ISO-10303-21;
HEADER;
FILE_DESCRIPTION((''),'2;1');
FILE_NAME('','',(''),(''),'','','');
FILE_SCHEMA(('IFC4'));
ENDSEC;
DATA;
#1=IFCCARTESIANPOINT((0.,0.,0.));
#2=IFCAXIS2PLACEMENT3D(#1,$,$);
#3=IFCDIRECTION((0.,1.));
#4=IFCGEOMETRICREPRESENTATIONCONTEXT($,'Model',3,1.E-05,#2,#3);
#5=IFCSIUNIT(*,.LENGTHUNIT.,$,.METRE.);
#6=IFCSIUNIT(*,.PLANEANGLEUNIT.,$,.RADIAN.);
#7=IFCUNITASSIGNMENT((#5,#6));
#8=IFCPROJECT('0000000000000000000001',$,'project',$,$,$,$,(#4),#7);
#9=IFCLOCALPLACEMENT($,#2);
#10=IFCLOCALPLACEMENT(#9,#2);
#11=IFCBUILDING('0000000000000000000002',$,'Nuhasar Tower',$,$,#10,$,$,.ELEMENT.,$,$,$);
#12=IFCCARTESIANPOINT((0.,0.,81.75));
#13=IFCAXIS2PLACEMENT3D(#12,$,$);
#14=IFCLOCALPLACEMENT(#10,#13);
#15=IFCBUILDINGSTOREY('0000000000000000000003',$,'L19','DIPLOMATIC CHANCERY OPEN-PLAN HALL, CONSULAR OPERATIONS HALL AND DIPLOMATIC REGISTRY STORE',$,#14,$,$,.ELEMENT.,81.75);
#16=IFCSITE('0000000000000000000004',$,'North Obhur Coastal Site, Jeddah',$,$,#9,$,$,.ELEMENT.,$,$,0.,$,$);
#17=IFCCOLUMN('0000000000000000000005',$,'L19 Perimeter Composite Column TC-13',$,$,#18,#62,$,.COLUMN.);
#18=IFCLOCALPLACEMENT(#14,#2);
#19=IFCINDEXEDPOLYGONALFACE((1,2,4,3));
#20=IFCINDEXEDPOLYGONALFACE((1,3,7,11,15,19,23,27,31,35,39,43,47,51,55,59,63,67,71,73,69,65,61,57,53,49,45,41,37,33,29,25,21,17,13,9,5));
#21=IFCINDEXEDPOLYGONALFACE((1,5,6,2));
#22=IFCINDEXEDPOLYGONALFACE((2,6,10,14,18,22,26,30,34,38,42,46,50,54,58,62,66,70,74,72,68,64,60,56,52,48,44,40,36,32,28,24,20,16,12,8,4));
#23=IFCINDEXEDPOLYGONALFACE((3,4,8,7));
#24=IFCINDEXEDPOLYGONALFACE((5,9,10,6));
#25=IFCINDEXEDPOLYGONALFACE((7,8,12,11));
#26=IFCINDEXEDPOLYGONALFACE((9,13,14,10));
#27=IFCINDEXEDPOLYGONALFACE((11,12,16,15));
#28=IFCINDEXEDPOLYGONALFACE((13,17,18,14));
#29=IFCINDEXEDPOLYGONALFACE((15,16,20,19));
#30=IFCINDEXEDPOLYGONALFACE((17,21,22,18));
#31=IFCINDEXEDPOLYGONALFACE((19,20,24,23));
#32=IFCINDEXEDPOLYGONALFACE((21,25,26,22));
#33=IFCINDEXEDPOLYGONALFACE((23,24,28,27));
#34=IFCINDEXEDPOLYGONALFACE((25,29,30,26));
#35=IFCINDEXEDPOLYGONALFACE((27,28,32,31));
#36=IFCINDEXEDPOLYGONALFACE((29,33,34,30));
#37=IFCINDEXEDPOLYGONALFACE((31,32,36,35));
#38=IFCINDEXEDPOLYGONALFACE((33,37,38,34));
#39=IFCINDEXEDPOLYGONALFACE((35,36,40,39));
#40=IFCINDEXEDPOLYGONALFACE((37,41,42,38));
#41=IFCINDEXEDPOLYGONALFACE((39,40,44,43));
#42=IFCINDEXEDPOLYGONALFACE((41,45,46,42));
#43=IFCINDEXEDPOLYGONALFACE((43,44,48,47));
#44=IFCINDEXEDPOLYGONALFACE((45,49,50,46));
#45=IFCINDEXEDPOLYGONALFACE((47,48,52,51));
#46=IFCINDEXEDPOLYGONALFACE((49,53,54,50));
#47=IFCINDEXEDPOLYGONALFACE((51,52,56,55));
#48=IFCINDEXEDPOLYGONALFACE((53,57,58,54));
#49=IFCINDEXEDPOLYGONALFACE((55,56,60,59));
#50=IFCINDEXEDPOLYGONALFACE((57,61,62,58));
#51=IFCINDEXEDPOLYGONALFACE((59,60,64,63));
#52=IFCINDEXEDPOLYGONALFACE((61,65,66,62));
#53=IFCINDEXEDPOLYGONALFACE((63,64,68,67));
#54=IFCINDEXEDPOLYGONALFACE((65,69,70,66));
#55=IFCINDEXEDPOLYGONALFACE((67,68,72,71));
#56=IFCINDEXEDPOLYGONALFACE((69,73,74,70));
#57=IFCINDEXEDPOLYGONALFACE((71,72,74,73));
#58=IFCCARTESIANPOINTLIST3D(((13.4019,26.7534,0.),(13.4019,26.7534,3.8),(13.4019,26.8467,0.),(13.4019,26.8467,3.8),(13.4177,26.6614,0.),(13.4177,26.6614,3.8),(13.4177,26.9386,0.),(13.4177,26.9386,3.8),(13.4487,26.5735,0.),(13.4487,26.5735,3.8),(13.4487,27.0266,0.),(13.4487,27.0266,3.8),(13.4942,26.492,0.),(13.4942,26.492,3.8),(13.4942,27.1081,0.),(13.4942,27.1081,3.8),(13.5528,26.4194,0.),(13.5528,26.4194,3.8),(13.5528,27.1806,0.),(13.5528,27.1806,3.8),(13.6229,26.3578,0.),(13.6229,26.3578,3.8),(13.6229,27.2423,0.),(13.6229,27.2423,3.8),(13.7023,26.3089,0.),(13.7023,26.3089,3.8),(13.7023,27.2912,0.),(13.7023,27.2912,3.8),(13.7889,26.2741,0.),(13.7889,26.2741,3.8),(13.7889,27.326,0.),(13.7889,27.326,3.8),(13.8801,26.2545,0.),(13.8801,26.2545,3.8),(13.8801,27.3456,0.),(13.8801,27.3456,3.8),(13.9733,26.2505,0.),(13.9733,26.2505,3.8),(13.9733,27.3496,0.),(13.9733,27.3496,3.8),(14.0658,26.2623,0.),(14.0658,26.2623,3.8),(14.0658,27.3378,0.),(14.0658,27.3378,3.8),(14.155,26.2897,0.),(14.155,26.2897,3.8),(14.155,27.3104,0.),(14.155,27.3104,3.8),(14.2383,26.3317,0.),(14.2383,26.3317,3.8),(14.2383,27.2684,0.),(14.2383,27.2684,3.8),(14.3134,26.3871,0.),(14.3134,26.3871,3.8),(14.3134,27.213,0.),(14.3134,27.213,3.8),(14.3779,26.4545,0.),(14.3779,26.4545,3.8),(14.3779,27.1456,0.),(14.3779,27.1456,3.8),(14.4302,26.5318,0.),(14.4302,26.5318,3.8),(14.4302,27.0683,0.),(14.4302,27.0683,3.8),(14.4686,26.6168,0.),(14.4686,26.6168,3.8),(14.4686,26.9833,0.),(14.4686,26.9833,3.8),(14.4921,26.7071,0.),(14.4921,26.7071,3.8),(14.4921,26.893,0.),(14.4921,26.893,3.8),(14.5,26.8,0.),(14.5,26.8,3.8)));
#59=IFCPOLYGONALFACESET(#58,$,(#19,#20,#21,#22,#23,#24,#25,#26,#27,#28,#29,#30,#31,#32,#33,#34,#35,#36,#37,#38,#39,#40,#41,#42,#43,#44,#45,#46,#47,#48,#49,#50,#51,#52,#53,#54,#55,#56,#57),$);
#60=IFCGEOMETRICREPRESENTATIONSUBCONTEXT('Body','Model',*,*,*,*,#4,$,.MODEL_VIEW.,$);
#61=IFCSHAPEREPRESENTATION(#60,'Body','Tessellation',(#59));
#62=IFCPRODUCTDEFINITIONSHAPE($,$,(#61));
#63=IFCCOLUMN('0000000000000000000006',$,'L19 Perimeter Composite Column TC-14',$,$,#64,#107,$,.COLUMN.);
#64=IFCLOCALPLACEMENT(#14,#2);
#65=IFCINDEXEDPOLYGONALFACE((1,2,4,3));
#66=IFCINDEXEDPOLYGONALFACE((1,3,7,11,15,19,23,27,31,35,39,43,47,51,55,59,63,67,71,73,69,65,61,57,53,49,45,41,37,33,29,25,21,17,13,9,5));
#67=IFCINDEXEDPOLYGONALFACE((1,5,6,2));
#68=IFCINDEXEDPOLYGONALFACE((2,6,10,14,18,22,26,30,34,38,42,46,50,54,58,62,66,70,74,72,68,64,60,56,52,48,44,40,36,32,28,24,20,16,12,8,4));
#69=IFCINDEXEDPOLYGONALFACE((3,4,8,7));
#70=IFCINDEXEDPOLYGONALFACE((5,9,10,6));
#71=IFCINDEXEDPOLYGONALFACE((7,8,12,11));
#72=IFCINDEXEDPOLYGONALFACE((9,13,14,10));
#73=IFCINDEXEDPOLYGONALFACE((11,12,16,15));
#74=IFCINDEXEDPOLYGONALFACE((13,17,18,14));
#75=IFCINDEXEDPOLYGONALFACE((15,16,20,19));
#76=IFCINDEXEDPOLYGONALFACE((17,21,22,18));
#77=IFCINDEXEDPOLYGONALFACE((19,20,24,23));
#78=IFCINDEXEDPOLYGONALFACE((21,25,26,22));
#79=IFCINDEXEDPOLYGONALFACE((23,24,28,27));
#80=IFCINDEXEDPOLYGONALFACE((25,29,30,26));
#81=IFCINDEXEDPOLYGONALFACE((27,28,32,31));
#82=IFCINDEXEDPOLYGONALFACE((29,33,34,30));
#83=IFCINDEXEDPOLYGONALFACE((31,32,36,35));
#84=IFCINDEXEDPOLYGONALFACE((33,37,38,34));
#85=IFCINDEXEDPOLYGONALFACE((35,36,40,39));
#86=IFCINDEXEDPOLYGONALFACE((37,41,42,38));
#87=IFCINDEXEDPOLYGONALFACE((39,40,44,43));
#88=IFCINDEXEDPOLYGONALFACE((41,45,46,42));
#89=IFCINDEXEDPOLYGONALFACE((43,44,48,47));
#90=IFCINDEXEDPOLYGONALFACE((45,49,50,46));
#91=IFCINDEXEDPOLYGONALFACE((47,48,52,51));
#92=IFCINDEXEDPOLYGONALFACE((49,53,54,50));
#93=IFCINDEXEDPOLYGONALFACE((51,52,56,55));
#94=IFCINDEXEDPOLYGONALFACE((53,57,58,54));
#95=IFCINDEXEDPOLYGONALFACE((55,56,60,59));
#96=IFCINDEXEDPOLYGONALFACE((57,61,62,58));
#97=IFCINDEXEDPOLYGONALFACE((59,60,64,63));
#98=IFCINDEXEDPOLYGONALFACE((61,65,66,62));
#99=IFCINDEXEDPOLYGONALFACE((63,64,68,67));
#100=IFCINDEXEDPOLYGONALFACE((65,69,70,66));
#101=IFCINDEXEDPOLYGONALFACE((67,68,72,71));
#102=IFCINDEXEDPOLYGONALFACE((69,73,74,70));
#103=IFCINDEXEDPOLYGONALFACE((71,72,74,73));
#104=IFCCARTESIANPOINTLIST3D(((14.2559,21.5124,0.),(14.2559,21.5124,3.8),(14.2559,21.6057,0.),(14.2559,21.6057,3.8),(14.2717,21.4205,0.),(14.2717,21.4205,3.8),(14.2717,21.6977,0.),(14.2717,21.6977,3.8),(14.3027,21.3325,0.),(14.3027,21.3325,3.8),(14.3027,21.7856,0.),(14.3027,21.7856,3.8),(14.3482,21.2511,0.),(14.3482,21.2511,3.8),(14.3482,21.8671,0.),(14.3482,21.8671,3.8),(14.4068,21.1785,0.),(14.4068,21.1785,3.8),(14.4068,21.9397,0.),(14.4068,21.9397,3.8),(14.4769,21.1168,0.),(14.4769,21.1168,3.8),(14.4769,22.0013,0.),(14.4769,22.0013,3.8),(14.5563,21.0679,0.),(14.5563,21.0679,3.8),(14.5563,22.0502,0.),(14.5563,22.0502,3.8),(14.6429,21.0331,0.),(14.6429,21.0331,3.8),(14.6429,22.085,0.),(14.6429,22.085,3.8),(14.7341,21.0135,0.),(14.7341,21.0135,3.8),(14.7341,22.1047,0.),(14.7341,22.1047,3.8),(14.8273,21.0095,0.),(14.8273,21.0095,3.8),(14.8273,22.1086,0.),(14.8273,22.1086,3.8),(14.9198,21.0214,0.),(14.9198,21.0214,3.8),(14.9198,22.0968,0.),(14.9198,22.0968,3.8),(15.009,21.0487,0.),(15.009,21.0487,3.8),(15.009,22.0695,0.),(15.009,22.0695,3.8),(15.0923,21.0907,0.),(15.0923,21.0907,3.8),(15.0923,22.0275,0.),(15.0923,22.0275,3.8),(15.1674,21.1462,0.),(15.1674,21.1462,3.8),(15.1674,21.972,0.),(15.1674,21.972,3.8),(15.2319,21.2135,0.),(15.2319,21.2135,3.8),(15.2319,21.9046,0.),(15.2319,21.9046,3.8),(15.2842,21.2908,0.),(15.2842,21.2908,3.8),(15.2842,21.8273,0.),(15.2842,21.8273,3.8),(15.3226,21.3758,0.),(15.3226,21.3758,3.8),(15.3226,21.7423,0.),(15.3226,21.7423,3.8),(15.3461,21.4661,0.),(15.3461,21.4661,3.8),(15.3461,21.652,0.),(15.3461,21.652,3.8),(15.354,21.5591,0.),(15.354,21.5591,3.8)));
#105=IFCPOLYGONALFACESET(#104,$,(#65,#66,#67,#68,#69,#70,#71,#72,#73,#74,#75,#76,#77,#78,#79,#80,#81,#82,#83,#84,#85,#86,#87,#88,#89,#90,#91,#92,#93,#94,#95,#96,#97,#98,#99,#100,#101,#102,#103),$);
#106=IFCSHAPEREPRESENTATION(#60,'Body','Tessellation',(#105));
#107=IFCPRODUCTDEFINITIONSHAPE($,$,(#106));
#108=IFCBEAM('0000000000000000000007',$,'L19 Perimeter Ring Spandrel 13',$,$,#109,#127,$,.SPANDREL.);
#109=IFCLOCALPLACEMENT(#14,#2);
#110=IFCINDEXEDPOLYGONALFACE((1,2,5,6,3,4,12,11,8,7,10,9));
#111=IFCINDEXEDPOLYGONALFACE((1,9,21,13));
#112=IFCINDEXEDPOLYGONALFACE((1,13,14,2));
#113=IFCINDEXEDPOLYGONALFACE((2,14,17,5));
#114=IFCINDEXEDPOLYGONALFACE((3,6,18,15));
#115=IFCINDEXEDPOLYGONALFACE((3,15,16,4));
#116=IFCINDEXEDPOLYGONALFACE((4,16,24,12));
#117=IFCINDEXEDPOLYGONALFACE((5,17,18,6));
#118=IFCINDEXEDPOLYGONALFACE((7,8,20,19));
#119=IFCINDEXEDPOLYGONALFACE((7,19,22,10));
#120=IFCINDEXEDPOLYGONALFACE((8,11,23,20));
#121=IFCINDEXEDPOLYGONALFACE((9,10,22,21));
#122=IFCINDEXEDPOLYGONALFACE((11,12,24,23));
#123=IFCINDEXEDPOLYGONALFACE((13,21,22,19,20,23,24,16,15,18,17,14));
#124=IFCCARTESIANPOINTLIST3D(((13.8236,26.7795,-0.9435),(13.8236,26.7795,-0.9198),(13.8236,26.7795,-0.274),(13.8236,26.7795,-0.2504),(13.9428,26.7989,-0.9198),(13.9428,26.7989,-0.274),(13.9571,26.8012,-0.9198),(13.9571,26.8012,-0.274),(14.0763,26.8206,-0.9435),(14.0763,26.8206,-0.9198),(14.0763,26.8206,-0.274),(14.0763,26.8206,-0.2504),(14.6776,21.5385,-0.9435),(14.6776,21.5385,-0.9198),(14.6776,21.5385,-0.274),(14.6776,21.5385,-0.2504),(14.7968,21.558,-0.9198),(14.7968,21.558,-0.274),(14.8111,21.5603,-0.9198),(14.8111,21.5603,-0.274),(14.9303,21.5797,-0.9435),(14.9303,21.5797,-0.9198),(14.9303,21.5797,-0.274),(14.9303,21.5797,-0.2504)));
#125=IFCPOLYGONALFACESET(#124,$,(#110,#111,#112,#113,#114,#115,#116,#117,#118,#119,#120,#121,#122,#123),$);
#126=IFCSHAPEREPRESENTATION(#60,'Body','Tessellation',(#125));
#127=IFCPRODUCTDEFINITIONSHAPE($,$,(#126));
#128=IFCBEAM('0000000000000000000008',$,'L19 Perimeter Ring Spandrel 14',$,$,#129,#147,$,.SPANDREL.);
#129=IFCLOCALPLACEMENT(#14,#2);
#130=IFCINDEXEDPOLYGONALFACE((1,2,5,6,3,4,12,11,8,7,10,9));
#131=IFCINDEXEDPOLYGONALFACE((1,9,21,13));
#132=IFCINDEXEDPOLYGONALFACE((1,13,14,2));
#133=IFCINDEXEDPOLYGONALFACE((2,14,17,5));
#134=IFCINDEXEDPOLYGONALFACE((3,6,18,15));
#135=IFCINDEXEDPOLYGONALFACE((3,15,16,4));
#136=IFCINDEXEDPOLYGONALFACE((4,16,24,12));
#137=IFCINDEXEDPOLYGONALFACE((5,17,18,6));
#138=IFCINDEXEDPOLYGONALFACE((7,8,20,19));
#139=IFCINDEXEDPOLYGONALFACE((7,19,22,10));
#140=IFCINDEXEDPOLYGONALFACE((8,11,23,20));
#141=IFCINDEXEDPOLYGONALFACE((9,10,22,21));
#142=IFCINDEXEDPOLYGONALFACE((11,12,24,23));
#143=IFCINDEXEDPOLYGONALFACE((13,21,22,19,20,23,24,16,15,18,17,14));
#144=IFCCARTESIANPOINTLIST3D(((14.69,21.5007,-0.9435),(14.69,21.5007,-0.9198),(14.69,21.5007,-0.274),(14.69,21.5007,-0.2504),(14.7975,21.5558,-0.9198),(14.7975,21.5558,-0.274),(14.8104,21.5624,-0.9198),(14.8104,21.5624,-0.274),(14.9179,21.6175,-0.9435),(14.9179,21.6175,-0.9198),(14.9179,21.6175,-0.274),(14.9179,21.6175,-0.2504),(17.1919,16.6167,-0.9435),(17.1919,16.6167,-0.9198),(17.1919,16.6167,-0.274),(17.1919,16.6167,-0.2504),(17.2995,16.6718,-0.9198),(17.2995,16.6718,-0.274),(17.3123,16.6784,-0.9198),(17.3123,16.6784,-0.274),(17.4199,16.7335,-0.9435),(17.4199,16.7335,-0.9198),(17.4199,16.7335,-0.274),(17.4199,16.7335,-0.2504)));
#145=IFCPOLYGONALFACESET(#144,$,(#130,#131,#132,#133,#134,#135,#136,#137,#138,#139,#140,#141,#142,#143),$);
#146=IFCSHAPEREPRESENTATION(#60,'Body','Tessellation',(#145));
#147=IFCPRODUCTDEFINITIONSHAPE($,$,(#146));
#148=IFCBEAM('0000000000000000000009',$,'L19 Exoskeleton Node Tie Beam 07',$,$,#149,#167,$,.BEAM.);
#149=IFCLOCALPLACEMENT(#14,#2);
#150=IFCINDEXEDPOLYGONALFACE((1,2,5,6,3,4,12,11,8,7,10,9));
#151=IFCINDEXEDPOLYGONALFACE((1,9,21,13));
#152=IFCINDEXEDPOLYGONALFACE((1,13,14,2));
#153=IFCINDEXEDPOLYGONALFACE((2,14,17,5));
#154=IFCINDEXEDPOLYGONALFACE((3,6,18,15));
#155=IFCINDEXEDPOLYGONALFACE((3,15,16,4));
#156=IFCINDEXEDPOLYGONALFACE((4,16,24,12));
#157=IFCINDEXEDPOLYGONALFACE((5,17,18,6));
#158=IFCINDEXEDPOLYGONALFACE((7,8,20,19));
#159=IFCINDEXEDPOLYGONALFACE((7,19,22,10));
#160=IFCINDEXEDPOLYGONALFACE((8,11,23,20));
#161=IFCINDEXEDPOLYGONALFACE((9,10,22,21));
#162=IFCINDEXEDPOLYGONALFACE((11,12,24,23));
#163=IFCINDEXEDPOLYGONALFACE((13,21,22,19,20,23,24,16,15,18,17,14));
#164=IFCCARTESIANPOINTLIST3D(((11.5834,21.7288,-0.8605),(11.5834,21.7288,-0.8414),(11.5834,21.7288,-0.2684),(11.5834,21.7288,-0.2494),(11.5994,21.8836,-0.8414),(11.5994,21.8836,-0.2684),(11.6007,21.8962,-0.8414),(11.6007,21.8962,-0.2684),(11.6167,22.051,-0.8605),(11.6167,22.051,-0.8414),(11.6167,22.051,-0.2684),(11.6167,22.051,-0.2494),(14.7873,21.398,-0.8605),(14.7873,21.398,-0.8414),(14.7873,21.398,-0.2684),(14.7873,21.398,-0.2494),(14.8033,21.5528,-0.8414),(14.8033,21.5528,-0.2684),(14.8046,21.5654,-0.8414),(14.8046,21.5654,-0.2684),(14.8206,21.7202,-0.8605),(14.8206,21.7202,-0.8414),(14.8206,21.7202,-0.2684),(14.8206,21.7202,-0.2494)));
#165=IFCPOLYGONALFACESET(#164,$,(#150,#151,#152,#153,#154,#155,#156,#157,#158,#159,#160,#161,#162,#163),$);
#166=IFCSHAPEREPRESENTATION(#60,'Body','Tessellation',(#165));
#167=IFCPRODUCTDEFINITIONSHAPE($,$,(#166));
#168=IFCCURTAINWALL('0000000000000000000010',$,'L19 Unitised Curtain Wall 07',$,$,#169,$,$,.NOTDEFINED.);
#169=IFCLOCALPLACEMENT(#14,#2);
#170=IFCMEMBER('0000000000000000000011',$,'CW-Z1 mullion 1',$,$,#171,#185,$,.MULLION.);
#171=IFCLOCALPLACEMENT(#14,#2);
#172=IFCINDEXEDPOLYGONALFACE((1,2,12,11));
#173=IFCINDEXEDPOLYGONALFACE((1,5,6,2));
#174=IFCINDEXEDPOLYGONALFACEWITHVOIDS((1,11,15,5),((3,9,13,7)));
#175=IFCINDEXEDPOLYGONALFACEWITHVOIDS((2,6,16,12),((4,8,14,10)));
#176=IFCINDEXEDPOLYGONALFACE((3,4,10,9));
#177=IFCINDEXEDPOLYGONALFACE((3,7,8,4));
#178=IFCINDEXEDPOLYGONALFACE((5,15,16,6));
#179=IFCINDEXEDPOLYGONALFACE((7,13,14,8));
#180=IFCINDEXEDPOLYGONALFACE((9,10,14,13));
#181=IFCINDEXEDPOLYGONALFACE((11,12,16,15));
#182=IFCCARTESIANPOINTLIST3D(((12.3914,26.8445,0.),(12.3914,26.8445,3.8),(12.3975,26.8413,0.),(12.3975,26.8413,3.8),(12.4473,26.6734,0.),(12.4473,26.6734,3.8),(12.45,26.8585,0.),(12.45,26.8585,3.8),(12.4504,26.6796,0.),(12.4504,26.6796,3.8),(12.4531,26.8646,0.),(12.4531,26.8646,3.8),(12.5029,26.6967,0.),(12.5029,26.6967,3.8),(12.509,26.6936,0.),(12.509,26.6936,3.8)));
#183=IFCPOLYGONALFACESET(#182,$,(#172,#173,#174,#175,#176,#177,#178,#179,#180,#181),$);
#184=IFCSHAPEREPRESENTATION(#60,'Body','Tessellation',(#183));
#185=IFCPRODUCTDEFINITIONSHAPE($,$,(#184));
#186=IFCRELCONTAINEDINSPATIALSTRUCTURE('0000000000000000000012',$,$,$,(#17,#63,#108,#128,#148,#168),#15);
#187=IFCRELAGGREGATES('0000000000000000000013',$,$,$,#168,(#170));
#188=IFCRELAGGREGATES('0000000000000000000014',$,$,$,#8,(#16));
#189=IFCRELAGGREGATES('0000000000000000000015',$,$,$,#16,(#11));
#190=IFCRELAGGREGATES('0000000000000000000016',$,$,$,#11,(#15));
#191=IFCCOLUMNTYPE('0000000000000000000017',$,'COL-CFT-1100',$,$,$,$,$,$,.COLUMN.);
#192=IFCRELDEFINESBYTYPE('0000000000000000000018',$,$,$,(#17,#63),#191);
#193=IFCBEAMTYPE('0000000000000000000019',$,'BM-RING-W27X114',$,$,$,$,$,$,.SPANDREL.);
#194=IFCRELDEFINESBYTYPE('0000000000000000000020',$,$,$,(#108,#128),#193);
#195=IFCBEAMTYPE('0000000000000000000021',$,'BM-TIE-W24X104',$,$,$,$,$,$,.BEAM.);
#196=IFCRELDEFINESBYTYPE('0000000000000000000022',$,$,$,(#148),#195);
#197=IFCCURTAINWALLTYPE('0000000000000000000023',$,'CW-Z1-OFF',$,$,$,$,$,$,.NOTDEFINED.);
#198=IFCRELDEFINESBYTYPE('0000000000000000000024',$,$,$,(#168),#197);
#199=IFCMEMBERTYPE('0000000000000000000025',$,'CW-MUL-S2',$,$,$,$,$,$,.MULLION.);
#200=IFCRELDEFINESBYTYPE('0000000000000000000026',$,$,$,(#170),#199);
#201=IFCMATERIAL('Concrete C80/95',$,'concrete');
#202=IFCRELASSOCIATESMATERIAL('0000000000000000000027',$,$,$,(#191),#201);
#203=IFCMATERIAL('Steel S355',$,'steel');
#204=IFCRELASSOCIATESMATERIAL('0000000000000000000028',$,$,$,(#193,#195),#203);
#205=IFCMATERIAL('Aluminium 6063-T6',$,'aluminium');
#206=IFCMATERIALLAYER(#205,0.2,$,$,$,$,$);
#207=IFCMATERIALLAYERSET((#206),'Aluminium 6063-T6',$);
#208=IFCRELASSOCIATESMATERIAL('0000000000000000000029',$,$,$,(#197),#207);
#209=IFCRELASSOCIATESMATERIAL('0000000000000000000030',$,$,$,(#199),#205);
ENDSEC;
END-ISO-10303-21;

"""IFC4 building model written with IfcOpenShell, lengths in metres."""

from ifc_helpers import new_model, si_unit, direction, frame, origin, origin_2d, place, context, subcontext, project, spatial, hollow_rectangle, circle, i_section, extrude, material, layer, layer_set, material_profile, profile_set, type_object, element, aggregate, save


model = new_model("IFC4")

# Units and contexts
model_context = context("Model", 3, precision=1e-05, world=origin(), true_north=direction((0.0, 1.0)))
body_context = subcontext(model_context, "Body", "Model", "MODEL_VIEW")
ifc_project = project(units=[si_unit("LENGTHUNIT", "METRE"), si_unit("PLANEANGLEUNIT", "RADIAN")], contexts=[model_context])

# Site, building, storey
site_placement = place(None, origin())
site = spatial("IfcSite", under=ifc_project, at=site_placement, Name="North Obhur Coastal Site, Jeddah", CompositionType="ELEMENT", RefElevation=0.0)
building_placement = place(site_placement, origin())
building = spatial("IfcBuilding", under=site, at=building_placement, Name="Nuhasar Tower", CompositionType="ELEMENT")
storey_placement = place(building_placement, frame((0.0, 0.0, 81.75)))
storey = spatial("IfcBuildingStorey", under=building, at=storey_placement, Name="L19", Description="DIPLOMATIC CHANCERY OPEN-PLAN HALL, CONSULAR OPERATIONS HALL AND DIPLOMATIC REGISTRY STORE", CompositionType="ELEMENT", Elevation=81.75)

# Columns
ifc_material_1 = material(Name="Concrete C80/95", Category="concrete")
ifc_material_profile_1 = material_profile(ifc_material_1, circle(Radius=0.55, at=origin_2d()), Name="CFT1100")
ifc_profile_set_1 = profile_set([ifc_material_profile_1], Name="Concrete C80/95")
column_type = type_object("IfcColumnType", Name="COL-CFT-1100", PredefinedType="COLUMN", material=ifc_profile_set_1)
for number, where, z_axis, x_axis, name in (
    (1, (13.95, 26.8, 0.0), (0.0, 0.0, 1.0), (1.0, 0.0, 0.0), "L19 Perimeter Composite Column TC-13"),
    (2, (14.804, 21.5591, 0.0), (0.0, 0.0, 1.0), (1.0, 0.0, 0.0), "L19 Perimeter Composite Column TC-14"),
):
    element("IfcColumn", number, at=place(storey_placement, frame(where, z_axis=z_axis, x_axis=x_axis)), inside=storey, type_object=column_type, Name=name, PredefinedType="COLUMN", context=body_context, shape_type="SweptSolid", body=[
        extrude(circle(Radius=0.55, at=origin_2d()), origin(), (0.0, 0.0, 1.0), 3.8),
    ])

# Beams
ifc_material_2 = material(Name="Steel S355", Category="steel")
ifc_material_profile_2 = material_profile(ifc_material_2, i_section(OverallWidth=0.2561, OverallDepth=0.6931, WebThickness=0.0144, FlangeThickness=0.0237, at=origin_2d()), Name="W27X114")
ifc_profile_set_2 = profile_set([ifc_material_profile_2], Name="Steel S355")
beam_type_1 = type_object("IfcBeamType", Name="BM-RING-W27X114", PredefinedType="SPANDREL", material=ifc_profile_set_2)
beam_1_placement = place(storey_placement, frame((13.95, 26.8, -0.5969), z_axis=(0.160827, -0.986983, 0.0), x_axis=(0.986983, 0.160827, 0.0)))
element("IfcBeam", 3, at=beam_1_placement, inside=storey, type_object=beam_type_1, Name="L19 Perimeter Ring Spandrel 13", PredefinedType="SPANDREL", context=body_context, shape_type="SweptSolid", body=[
    extrude(i_section(OverallWidth=0.2561, OverallDepth=0.6931, WebThickness=0.0144, FlangeThickness=0.0237, at=origin_2d()), origin(), (0.0, 0.0, 1.0), 5.3101),
])
beam_2_placement = place(storey_placement, frame((14.804, 21.5591, -0.5969), z_axis=(0.45593, -0.890016, 0.0), x_axis=(0.890016, 0.45593, 0.0)))
element("IfcBeam", 4, at=beam_2_placement, inside=storey, type_object=beam_type_1, Name="L19 Perimeter Ring Spandrel 14", PredefinedType="SPANDREL", context=body_context, shape_type="SweptSolid", body=[
    extrude(i_section(OverallWidth=0.2561, OverallDepth=0.6931, WebThickness=0.0144, FlangeThickness=0.0237, at=origin_2d()), origin(), (0.0, 0.0, 1.0), 5.4875),
])
ifc_material_profile_3 = material_profile(ifc_material_2, i_section(OverallWidth=0.324, OverallDepth=0.6111, WebThickness=0.0127, FlangeThickness=0.019, at=origin_2d()), Name="W24X104")
ifc_profile_set_3 = profile_set([ifc_material_profile_3], Name="Steel S355")
beam_type_2 = type_object("IfcBeamType", Name="BM-TIE-W24X104", PredefinedType="BEAM", material=ifc_profile_set_3)
beam_3_placement = place(storey_placement, frame((14.804, 21.5591, -0.5549), z_axis=(-0.994712, 0.102708, 0.0), x_axis=(-0.102708, -0.994712, 0.0)))
element("IfcBeam", 5, at=beam_3_placement, inside=storey, type_object=beam_type_2, Name="L19 Exoskeleton Node Tie Beam 07", PredefinedType="BEAM", context=body_context, shape_type="SweptSolid", body=[
    extrude(i_section(OverallWidth=0.324, OverallDepth=0.6111, WebThickness=0.0127, FlangeThickness=0.019, at=origin_2d()), origin(), (0.0, 0.0, 1.0), 3.2209),
])

# Curtain wall, member
ifc_material_3 = material(Name="Aluminium 6063-T6", Category="aluminium")
ifc_layer_1 = layer(ifc_material_3, 0.2)
ifc_layer_set_1 = layer_set([ifc_layer_1], Name="Aluminium 6063-T6")
curtain_wall_type = type_object("IfcCurtainWallType", Name="CW-Z1-OFF", PredefinedType="NOTDEFINED", material=ifc_layer_set_1)
curtain_wall_1_placement = place(storey_placement, origin())
curtain_wall_1 = element("IfcCurtainWall", 6, at=curtain_wall_1_placement, inside=storey, type_object=curtain_wall_type, Name="L19 Unitised Curtain Wall 07", PredefinedType="NOTDEFINED")
ifc_material_profile_4 = material_profile(ifc_material_3, hollow_rectangle(XDim=0.0649, YDim=0.1799, WallThickness=0.0049, at=origin_2d()), Name="CWM-2")
ifc_profile_set_4 = profile_set([ifc_material_profile_4], Name="Aluminium 6063-T6")
member_type_1 = type_object("IfcMemberType", Name="CW-MUL-S2", PredefinedType="MULLION", material=ifc_profile_set_4)
member_1_placement = place(storey_placement, frame((12.4502, 26.769, 0.0), z_axis=(0.0, 0.0, 1.0), x_axis=(0.950468, 0.310824, 0.0)))
member_1 = element("IfcMember", 7, at=member_1_placement, type_object=member_type_1, Name="CW-Z1 mullion 1", PredefinedType="MULLION", context=body_context, shape_type="SweptSolid", body=[
    extrude(hollow_rectangle(XDim=0.0649, YDim=0.1799, WallThickness=0.0049, at=origin_2d()), origin(), (0.0, 0.0, 1.0), 3.8),
])

aggregate(curtain_wall_1, [member_1])

save(model, "model.ifc")
